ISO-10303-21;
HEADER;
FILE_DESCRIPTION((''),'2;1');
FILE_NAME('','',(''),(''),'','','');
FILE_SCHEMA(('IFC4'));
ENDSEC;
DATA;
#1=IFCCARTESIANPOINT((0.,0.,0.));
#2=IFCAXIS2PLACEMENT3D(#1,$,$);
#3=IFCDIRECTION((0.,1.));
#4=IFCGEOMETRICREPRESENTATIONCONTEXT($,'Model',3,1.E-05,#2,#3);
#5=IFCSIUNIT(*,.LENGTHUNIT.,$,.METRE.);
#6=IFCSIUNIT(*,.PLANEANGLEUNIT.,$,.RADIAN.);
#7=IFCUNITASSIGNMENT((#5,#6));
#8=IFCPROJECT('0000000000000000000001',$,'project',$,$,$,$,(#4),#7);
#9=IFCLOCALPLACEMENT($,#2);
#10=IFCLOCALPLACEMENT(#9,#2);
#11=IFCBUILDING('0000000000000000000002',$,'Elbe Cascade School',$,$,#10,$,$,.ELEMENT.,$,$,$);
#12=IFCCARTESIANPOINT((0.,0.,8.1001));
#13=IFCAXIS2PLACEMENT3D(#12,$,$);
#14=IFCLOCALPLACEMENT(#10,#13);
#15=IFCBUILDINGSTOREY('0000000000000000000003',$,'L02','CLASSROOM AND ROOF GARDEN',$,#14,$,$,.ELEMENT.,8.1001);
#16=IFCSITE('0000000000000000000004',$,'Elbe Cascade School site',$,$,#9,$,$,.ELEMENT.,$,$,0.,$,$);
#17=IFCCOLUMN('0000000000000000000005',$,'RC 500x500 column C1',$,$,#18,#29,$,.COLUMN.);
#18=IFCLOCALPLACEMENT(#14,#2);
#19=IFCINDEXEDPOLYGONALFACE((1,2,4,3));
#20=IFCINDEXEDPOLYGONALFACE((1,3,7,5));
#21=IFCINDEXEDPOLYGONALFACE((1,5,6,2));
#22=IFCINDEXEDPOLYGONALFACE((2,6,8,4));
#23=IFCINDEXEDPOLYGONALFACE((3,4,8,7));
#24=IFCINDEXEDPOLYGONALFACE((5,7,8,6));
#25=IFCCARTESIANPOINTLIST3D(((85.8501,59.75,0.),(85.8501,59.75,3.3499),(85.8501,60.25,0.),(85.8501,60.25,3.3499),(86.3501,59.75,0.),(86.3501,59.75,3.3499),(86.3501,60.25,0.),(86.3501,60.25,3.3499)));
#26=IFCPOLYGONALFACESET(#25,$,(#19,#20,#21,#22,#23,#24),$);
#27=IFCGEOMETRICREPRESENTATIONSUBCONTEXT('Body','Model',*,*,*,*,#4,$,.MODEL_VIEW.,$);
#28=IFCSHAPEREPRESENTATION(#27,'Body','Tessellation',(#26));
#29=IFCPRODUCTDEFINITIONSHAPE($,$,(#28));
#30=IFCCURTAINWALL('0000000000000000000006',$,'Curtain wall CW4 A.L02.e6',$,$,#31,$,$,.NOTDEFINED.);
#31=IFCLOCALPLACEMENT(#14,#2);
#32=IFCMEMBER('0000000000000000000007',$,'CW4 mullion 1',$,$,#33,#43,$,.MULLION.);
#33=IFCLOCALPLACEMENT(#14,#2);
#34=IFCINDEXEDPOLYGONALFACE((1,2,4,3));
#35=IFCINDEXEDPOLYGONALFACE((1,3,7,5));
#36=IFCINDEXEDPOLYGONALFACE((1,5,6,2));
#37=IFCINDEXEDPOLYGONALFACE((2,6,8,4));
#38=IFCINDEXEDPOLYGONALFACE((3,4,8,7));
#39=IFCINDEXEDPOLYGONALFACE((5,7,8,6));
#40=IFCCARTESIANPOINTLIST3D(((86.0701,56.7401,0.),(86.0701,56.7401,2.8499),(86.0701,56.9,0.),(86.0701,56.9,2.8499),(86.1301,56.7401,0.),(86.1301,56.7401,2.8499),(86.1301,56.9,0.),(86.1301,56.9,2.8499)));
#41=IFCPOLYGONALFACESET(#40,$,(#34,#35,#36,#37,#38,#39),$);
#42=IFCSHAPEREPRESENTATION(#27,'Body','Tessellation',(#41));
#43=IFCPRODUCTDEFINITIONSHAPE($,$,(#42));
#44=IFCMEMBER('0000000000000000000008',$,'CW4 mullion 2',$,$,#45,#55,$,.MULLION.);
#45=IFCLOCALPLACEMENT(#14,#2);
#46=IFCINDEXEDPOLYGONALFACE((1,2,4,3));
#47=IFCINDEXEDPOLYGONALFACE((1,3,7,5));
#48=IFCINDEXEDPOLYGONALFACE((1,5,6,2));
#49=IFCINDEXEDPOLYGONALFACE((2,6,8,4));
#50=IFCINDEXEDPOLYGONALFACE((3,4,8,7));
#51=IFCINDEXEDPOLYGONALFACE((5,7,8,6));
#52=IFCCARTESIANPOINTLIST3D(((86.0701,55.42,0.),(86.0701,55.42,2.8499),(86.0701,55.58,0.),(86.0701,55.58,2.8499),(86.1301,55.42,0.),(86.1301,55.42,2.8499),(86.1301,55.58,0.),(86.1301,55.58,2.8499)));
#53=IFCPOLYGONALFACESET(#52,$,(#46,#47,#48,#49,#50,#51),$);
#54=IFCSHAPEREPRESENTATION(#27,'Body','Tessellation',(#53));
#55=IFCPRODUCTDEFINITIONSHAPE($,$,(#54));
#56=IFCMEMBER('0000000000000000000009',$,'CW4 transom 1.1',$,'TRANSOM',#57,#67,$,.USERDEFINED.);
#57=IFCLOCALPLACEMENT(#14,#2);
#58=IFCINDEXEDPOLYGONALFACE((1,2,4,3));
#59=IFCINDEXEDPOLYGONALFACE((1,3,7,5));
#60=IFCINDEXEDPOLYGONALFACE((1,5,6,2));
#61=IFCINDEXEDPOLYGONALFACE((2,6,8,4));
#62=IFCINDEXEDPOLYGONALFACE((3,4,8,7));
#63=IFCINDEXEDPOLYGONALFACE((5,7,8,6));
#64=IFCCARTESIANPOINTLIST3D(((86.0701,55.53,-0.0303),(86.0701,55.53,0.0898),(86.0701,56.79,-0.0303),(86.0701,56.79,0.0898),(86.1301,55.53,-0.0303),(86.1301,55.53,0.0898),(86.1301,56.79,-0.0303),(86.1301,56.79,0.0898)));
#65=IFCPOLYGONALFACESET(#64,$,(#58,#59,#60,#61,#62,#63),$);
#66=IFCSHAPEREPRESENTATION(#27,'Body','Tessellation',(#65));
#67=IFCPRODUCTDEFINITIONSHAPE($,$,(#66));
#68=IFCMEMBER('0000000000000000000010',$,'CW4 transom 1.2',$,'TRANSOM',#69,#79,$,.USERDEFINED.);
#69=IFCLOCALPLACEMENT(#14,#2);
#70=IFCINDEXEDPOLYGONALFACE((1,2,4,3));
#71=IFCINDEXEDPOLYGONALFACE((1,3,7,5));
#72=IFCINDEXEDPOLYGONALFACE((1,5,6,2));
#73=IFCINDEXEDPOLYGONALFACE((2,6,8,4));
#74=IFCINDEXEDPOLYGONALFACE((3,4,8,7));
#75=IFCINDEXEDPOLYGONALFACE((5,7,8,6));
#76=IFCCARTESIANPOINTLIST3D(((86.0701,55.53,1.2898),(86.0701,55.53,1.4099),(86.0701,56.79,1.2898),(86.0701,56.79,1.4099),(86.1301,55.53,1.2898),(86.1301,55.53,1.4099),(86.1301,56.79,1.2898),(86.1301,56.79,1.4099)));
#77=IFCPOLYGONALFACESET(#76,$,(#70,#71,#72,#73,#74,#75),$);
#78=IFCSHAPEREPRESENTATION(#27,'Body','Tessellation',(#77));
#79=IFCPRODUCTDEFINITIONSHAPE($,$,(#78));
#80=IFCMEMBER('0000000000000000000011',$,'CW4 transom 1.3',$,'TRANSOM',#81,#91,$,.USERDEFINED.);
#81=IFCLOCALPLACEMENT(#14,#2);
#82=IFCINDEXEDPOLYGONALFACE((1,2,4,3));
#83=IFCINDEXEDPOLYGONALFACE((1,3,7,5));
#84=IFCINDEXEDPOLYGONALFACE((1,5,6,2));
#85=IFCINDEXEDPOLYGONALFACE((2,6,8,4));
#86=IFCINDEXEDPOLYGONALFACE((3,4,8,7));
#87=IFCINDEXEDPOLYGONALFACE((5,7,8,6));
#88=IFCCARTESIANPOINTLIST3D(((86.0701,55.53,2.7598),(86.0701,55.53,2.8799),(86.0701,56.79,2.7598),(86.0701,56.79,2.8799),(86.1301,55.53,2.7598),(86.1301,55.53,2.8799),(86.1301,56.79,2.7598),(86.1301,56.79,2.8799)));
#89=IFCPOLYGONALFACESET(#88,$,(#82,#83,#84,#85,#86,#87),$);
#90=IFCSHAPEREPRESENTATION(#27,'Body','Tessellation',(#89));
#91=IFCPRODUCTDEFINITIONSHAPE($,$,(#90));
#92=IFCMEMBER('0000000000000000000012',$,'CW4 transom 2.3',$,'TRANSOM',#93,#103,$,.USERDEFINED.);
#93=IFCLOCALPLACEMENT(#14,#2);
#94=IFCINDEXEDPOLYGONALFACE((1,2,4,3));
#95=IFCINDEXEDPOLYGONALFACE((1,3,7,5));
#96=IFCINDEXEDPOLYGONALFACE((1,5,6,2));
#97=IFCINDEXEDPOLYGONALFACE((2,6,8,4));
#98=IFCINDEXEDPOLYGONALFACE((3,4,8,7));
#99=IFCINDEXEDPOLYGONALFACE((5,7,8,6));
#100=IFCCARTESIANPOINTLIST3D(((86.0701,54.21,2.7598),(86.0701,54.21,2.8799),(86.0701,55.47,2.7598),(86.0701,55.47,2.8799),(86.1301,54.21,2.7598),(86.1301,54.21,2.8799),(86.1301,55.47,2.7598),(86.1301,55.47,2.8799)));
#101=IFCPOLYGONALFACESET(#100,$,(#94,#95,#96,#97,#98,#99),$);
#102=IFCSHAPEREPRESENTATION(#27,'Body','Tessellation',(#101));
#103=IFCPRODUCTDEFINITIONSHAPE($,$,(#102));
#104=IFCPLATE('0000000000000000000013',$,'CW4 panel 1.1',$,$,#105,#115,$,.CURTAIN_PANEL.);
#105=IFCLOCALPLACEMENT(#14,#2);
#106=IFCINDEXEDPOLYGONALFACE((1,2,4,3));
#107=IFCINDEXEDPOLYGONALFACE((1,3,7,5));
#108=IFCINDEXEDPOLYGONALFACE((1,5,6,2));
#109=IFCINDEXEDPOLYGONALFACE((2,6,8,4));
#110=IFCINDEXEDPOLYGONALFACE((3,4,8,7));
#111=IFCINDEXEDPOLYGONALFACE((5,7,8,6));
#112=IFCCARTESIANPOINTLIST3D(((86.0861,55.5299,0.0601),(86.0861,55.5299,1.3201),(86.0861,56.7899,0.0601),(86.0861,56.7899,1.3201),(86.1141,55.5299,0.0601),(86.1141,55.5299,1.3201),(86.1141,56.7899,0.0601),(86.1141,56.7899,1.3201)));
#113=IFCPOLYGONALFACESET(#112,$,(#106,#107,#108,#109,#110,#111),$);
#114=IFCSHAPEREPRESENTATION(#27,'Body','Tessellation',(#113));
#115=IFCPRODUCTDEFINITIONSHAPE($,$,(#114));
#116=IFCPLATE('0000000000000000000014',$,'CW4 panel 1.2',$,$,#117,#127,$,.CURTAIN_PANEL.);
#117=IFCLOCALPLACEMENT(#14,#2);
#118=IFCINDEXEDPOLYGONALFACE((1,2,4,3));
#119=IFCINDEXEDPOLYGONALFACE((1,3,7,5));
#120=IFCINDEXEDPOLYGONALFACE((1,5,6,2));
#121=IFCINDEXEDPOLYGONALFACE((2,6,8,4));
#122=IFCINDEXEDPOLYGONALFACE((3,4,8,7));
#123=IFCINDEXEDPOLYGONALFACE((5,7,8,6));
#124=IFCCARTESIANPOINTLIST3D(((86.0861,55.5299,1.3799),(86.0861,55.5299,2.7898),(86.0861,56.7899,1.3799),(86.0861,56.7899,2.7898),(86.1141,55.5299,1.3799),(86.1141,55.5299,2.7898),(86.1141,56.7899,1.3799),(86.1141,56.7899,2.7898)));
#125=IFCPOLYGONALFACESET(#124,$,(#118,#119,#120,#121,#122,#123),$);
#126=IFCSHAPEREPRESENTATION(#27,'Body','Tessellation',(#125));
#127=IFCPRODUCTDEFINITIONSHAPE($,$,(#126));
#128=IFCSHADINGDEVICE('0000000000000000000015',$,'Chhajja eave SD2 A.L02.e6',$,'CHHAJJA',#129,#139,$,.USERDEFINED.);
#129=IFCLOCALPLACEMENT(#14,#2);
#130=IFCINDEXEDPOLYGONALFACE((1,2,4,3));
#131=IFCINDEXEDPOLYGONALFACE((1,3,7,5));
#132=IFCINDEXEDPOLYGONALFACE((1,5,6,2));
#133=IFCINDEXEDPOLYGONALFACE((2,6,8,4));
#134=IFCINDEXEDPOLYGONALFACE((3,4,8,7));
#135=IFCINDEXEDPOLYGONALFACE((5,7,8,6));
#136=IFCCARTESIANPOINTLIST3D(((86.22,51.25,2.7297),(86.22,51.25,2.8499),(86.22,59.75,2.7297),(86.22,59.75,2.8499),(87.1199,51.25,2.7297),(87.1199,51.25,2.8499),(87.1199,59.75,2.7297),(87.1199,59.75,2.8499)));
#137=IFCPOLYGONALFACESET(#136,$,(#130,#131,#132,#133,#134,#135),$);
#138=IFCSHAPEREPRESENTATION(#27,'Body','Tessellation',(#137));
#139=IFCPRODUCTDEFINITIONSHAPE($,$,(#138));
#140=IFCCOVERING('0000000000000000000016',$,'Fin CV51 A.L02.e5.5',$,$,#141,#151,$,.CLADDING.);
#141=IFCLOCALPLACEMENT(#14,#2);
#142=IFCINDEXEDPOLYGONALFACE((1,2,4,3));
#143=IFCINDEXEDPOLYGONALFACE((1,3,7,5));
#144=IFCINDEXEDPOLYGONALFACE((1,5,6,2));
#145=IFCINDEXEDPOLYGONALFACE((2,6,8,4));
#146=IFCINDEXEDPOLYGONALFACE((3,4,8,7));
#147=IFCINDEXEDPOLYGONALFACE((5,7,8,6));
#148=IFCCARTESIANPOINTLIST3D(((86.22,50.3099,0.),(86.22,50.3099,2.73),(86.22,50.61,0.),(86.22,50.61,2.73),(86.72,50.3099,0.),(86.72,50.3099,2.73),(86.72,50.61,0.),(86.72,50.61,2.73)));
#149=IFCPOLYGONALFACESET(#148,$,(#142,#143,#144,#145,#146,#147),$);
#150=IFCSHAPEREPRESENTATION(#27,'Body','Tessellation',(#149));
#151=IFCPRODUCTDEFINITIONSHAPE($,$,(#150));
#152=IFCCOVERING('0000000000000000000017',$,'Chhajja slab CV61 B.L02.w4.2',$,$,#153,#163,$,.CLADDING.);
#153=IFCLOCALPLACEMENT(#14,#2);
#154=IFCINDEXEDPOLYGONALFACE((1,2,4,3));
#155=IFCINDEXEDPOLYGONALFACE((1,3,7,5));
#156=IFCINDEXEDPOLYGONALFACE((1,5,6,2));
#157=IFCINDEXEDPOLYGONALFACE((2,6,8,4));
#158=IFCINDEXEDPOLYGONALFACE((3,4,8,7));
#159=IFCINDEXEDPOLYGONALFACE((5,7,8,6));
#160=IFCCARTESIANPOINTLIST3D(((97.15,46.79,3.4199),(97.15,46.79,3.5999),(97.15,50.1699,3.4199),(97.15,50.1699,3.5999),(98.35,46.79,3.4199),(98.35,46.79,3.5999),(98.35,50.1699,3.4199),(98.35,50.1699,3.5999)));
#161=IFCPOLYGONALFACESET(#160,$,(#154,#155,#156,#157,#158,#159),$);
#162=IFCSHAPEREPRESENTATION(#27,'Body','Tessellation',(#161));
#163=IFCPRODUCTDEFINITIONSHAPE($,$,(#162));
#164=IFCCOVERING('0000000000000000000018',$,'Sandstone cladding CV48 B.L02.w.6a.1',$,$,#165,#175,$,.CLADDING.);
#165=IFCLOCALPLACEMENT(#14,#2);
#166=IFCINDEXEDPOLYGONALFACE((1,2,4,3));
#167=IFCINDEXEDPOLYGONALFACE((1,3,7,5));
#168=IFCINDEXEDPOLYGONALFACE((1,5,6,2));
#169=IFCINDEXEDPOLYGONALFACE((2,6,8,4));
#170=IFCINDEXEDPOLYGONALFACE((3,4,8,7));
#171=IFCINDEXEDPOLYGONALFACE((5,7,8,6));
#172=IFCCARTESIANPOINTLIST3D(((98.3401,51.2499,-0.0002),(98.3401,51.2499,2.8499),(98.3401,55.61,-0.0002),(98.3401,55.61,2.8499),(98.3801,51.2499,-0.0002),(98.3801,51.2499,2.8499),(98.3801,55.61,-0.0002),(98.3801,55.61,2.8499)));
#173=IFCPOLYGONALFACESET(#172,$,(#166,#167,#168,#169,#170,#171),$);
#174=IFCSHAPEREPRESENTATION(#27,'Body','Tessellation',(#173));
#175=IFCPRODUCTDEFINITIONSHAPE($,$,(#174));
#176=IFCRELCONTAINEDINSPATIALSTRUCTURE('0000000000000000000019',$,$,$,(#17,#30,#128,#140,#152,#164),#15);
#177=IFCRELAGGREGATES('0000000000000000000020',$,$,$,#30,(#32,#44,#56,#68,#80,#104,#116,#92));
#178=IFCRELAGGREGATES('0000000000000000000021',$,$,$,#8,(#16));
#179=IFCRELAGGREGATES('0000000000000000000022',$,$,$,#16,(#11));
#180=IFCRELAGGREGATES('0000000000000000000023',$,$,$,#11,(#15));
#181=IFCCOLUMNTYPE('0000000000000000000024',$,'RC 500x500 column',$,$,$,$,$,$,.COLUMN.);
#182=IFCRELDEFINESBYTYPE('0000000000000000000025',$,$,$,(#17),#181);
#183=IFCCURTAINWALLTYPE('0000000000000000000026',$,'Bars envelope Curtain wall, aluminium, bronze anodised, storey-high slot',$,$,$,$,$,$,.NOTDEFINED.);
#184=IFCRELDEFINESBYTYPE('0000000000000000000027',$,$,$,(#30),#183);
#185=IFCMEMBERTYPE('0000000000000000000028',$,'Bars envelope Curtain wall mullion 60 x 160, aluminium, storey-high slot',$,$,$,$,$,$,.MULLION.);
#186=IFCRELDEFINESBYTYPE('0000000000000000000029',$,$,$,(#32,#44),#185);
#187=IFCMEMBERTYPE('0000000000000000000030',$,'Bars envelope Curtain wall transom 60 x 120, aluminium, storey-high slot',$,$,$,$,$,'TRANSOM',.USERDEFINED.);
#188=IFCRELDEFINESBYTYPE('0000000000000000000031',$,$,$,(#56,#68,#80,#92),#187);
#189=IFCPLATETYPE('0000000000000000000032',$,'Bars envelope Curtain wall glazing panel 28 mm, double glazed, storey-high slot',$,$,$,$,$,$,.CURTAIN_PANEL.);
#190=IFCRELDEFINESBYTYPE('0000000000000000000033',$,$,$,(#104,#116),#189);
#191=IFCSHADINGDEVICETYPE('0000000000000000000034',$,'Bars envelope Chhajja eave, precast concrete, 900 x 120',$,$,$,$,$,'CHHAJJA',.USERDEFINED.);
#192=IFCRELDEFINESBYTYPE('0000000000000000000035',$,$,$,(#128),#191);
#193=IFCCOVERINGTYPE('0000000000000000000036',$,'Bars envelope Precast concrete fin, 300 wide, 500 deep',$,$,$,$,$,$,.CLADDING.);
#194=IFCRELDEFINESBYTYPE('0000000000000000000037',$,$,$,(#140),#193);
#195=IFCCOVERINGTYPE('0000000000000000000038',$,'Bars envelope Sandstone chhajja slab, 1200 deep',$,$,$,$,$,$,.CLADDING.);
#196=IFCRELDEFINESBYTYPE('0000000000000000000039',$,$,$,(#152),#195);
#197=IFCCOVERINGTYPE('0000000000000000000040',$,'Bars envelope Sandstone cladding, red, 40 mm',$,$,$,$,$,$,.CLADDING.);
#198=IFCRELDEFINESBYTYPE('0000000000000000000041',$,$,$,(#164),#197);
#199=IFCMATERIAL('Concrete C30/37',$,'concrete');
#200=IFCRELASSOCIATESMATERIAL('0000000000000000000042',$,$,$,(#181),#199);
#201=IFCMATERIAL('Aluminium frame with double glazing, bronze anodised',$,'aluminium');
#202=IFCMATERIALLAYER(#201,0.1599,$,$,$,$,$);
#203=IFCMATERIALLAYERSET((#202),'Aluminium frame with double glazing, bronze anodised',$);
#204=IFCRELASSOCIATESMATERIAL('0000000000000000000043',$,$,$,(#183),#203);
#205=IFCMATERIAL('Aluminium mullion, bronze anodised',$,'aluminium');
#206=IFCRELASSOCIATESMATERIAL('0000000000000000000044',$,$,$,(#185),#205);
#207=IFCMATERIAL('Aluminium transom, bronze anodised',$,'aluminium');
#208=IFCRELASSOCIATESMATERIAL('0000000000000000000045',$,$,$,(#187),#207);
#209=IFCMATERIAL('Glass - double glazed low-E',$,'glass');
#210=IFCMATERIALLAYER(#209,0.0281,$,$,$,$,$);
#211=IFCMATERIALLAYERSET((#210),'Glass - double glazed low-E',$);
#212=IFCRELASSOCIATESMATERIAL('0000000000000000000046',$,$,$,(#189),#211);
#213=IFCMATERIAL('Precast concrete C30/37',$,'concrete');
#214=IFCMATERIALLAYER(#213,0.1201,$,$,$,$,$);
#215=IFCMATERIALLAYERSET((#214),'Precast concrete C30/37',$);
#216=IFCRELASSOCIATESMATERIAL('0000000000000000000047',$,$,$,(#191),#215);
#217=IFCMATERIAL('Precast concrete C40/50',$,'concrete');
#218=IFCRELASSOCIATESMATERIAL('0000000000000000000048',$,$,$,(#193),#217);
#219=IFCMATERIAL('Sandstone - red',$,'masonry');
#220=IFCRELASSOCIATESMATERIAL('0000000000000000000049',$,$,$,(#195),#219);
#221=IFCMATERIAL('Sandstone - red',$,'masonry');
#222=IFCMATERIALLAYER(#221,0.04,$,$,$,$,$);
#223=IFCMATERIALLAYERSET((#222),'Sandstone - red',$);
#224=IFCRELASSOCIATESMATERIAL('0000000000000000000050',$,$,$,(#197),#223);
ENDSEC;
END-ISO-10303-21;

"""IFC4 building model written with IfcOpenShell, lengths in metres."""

from ifc_helpers import new_model, si_unit, direction, frame, origin, origin_2d, place, context, subcontext, project, spatial, rectangle, extrude, material, layer, layer_set, material_profile, profile_set, type_object, element, aggregate, save


model = new_model("IFC4")

# Units and contexts
model_context = context("Model", 3, precision=1e-05, world=origin(), true_north=direction((0.0, 1.0)))
body_context = subcontext(model_context, "Body", "Model", "MODEL_VIEW")
ifc_project = project(units=[si_unit("LENGTHUNIT", "METRE"), si_unit("PLANEANGLEUNIT", "RADIAN")], contexts=[model_context])

# Site, building, storey
site_placement = place(None, origin())
site = spatial("IfcSite", under=ifc_project, at=site_placement, Name="Elbe Cascade School site", CompositionType="ELEMENT", RefElevation=0.0)
building_placement = place(site_placement, origin())
building = spatial("IfcBuilding", under=site, at=building_placement, Name="Elbe Cascade School", CompositionType="ELEMENT")
storey_placement = place(building_placement, frame((0.0, 0.0, 8.1001)))
storey = spatial("IfcBuildingStorey", under=building, at=storey_placement, Name="L02", Description="CLASSROOM AND ROOF GARDEN", CompositionType="ELEMENT", Elevation=8.1001)

# Column
ifc_material_1 = material(Name="Concrete C30/37", Category="concrete")
ifc_material_profile_1 = material_profile(ifc_material_1, rectangle(XDim=0.5, YDim=0.5, at=origin_2d()), Name="RC 500x500")
ifc_profile_set_1 = profile_set([ifc_material_profile_1], Name="Concrete C30/37")
column_type = type_object("IfcColumnType", Name="RC 500x500 column", PredefinedType="COLUMN", material=ifc_profile_set_1)
column_placement = place(storey_placement, frame((86.1001, 60.0, 0.0), z_axis=(0.0, 0.0, 1.0), x_axis=(1.0, 0.0, 0.0)))
element("IfcColumn", 1, at=column_placement, inside=storey, type_object=column_type, Name="RC 500x500 column C1", PredefinedType="COLUMN", context=body_context, shape_type="SweptSolid", body=[
    extrude(rectangle(XDim=0.5, YDim=0.5, at=origin_2d()), origin(), (0.0, 0.0, 1.0), 3.3499),
])

# Curtain wall, members, plates
ifc_material_2 = material(Name="Aluminium frame with double glazing, bronze anodised", Category="aluminium")
ifc_layer_1 = layer(ifc_material_2, 0.1599)
ifc_layer_set_1 = layer_set([ifc_layer_1], Name="Aluminium frame with double glazing, bronze anodised")
curtain_wall_type = type_object("IfcCurtainWallType", Name="Bars envelope Curtain wall, aluminium, bronze anodised, storey-high slot", PredefinedType="NOTDEFINED", material=ifc_layer_set_1)
curtain_wall_placement = place(storey_placement, origin())
curtain_wall = element("IfcCurtainWall", 2, at=curtain_wall_placement, inside=storey, type_object=curtain_wall_type, Name="Curtain wall CW4 A.L02.e6", PredefinedType="NOTDEFINED")
ifc_material_3 = material(Name="Aluminium mullion, bronze anodised", Category="aluminium")
ifc_material_profile_2 = material_profile(ifc_material_3, rectangle(XDim=0.0601, YDim=0.1599, at=origin_2d()), Name="Bars envelope Curtain wall mullion 60 x 160, aluminium, storey-high slot")
ifc_profile_set_2 = profile_set([ifc_material_profile_2], Name="Aluminium mullion, bronze anodised")
member_type_1 = type_object("IfcMemberType", Name="Bars envelope Curtain wall mullion 60 x 160, aluminium, storey-high slot", PredefinedType="MULLION", material=ifc_profile_set_2)
member_1_placement = place(storey_placement, frame((86.1001, 56.8201, 0.0), z_axis=(0.0, 0.0, 1.0), x_axis=(1.0, 0.0, 0.0)))
member_1 = element("IfcMember", 3, at=member_1_placement, type_object=member_type_1, Name="CW4 mullion 1", PredefinedType="MULLION", context=body_context, shape_type="SweptSolid", body=[
    extrude(rectangle(XDim=0.0601, YDim=0.1599, at=origin_2d()), origin(), (0.0, 0.0, 1.0), 2.8499),
])
member_2_placement = place(storey_placement, frame((86.1001, 55.5, 0.0), z_axis=(0.0, 0.0, 1.0), x_axis=(1.0, 0.0, 0.0)))
member_2 = element("IfcMember", 4, at=member_2_placement, type_object=member_type_1, Name="CW4 mullion 2", PredefinedType="MULLION", context=body_context, shape_type="SweptSolid", body=[
    extrude(rectangle(XDim=0.0601, YDim=0.1599, at=origin_2d()), origin(), (0.0, 0.0, 1.0), 2.8499),
])
ifc_material_4 = material(Name="Aluminium transom, bronze anodised", Category="aluminium")
ifc_material_profile_3 = material_profile(ifc_material_4, rectangle(XDim=0.0601, YDim=0.1201, at=origin_2d()), Name="Bars envelope Curtain wall transom 60 x 120, aluminium, storey-high slot")
ifc_profile_set_3 = profile_set([ifc_material_profile_3], Name="Aluminium transom, bronze anodised")
member_type_2 = type_object("IfcMemberType", Name="Bars envelope Curtain wall transom 60 x 120, aluminium, storey-high slot", ElementType="TRANSOM", PredefinedType="USERDEFINED", material=ifc_profile_set_3)
member_3_placement = place(storey_placement, frame((86.1001, 56.79, 0.0298), z_axis=(0.0, -1.0, 0.0), x_axis=(1.0, 0.0, 0.0)))
member_3 = element("IfcMember", 5, at=member_3_placement, type_object=member_type_2, Name="CW4 transom 1.1", ObjectType="TRANSOM", PredefinedType="USERDEFINED", context=body_context, shape_type="SweptSolid", body=[
    extrude(rectangle(XDim=0.0601, YDim=0.1201, at=origin_2d()), origin(), (0.0, 0.0, 1.0), 1.26),
])
member_4_placement = place(storey_placement, frame((86.1001, 56.79, 1.3499), z_axis=(0.0, -1.0, 0.0), x_axis=(1.0, 0.0, 0.0)))
member_4 = element("IfcMember", 6, at=member_4_placement, type_object=member_type_2, Name="CW4 transom 1.2", ObjectType="TRANSOM", PredefinedType="USERDEFINED", context=body_context, shape_type="SweptSolid", body=[
    extrude(rectangle(XDim=0.0601, YDim=0.1201, at=origin_2d()), origin(), (0.0, 0.0, 1.0), 1.26),
])
member_5_placement = place(storey_placement, frame((86.1001, 56.79, 2.8198), z_axis=(0.0, -1.0, 0.0), x_axis=(1.0, 0.0, 0.0)))
member_5 = element("IfcMember", 7, at=member_5_placement, type_object=member_type_2, Name="CW4 transom 1.3", ObjectType="TRANSOM", PredefinedType="USERDEFINED", context=body_context, shape_type="SweptSolid", body=[
    extrude(rectangle(XDim=0.0601, YDim=0.1201, at=origin_2d()), origin(), (0.0, 0.0, 1.0), 1.26),
])
member_6_placement = place(storey_placement, frame((86.1001, 55.47, 2.8198), z_axis=(0.0, -1.0, 0.0), x_axis=(1.0, 0.0, 0.0)))
member_6 = element("IfcMember", 8, at=member_6_placement, type_object=member_type_2, Name="CW4 transom 2.3", ObjectType="TRANSOM", PredefinedType="USERDEFINED", context=body_context, shape_type="SweptSolid", body=[
    extrude(rectangle(XDim=0.0601, YDim=0.1201, at=origin_2d()), origin(), (0.0, 0.0, 1.0), 1.26),
])
ifc_material_5 = material(Name="Glass - double glazed low-E", Category="glass")
ifc_layer_2 = layer(ifc_material_5, 0.0281)
ifc_layer_set_2 = layer_set([ifc_layer_2], Name="Glass - double glazed low-E")
plate_type = type_object("IfcPlateType", Name="Bars envelope Curtain wall glazing panel 28 mm, double glazed, storey-high slot", PredefinedType="CURTAIN_PANEL", material=ifc_layer_set_2)
plate_1_placement = place(storey_placement, frame((86.1001, 56.1599, 0.0601), z_axis=(0.0, 0.0, 1.0), x_axis=(0.0, -1.0, 0.0)))
plate_1 = element("IfcPlate", 9, at=plate_1_placement, type_object=plate_type, Name="CW4 panel 1.1", PredefinedType="CURTAIN_PANEL", context=body_context, shape_type="SweptSolid", body=[
    extrude(rectangle(XDim=1.26, YDim=0.0281, at=origin_2d()), origin(), (0.0, 0.0, 1.0), 1.26),
])
plate_2_placement = place(storey_placement, frame((86.1001, 56.1599, 1.3799), z_axis=(0.0, 0.0, 1.0), x_axis=(0.0, -1.0, 0.0)))
plate_2 = element("IfcPlate", 10, at=plate_2_placement, type_object=plate_type, Name="CW4 panel 1.2", PredefinedType="CURTAIN_PANEL", context=body_context, shape_type="SweptSolid", body=[
    extrude(rectangle(XDim=1.26, YDim=0.0281, at=origin_2d()), origin(), (0.0, 0.0, 1.0), 1.4099),
])
aggregate(curtain_wall, [member_1, member_2, member_3, member_4, member_5, plate_1, plate_2, member_6])

# Shading device
ifc_material_6 = material(Name="Precast concrete C30/37", Category="concrete")
ifc_layer_3 = layer(ifc_material_6, 0.1201)
ifc_layer_set_3 = layer_set([ifc_layer_3], Name="Precast concrete C30/37")
shading_device_type_1 = type_object("IfcShadingDeviceType", Name="Bars envelope Chhajja eave, precast concrete, 900 x 120", ElementType="CHHAJJA", PredefinedType="USERDEFINED", material=ifc_layer_set_3)
shading_device_1_placement = place(storey_placement, frame((86.6699, 55.5, 2.7297), z_axis=(0.0, 0.0, 1.0), x_axis=(0.0, 1.0, 0.0)))
element("IfcShadingDevice", 11, at=shading_device_1_placement, inside=storey, type_object=shading_device_type_1, Name="Chhajja eave SD2 A.L02.e6", ObjectType="CHHAJJA", PredefinedType="USERDEFINED", context=body_context, shape_type="SweptSolid", body=[
    extrude(rectangle(XDim=8.5, YDim=0.8999, at=origin_2d()), origin(), (0.0, 0.0, 1.0), 0.1201),
])

# Coverings
ifc_material_7 = material(Name="Precast concrete C40/50", Category="concrete")
covering_type_1 = type_object("IfcCoveringType", Name="Bars envelope Precast concrete fin, 300 wide, 500 deep", PredefinedType="CLADDING", material=ifc_material_7)
covering_1_placement = place(storey_placement, frame((86.47, 50.46, 0.0), z_axis=(0.0, 0.0, 1.0), x_axis=(0.0, 1.0, 0.0)))
element("IfcCovering", 12, at=covering_1_placement, inside=storey, type_object=covering_type_1, Name="Fin CV51 A.L02.e5.5", PredefinedType="CLADDING", context=body_context, shape_type="SweptSolid", body=[
    extrude(rectangle(XDim=0.3, YDim=0.5, at=origin_2d()), origin(), (0.0, 0.0, 1.0), 2.73),
])
ifc_material_8 = material(Name="Sandstone - red", Category="masonry")
covering_type_2 = type_object("IfcCoveringType", Name="Bars envelope Sandstone chhajja slab, 1200 deep", PredefinedType="CLADDING", material=ifc_material_8)
covering_2_placement = place(storey_placement, frame((97.75, 48.48, 3.4199), z_axis=(0.0, 0.0, 1.0), x_axis=(0.0, 1.0, 0.0)))
element("IfcCovering", 13, at=covering_2_placement, inside=storey, type_object=covering_type_2, Name="Chhajja slab CV61 B.L02.w4.2", PredefinedType="CLADDING", context=body_context, shape_type="SweptSolid", body=[
    extrude(rectangle(XDim=3.3799, YDim=1.2, at=origin_2d()), origin(), (0.0, 0.0, 1.0), 0.1799),
])
ifc_material_9 = material(Name="Sandstone - red", Category="masonry")
ifc_layer_4 = layer(ifc_material_9, 0.04)
ifc_layer_set_4 = layer_set([ifc_layer_4], Name="Sandstone - red")
covering_type_3 = type_object("IfcCoveringType", Name="Bars envelope Sandstone cladding, red, 40 mm", PredefinedType="CLADDING", material=ifc_layer_set_4)
covering_3_placement = place(storey_placement, frame((98.3601, 53.4299, -0.0002), z_axis=(0.0, 0.0, 1.0), x_axis=(0.0, 1.0, 0.0)))
element("IfcCovering", 14, at=covering_3_placement, inside=storey, type_object=covering_type_3, Name="Sandstone cladding CV48 B.L02.w.6a.1", PredefinedType="CLADDING", context=body_context, shape_type="SweptSolid", body=[
    extrude(rectangle(XDim=4.3601, YDim=0.04, at=origin_2d()), origin(), (0.0, 0.0, 1.0), 2.8501),
])

save(model, "model.ifc")
